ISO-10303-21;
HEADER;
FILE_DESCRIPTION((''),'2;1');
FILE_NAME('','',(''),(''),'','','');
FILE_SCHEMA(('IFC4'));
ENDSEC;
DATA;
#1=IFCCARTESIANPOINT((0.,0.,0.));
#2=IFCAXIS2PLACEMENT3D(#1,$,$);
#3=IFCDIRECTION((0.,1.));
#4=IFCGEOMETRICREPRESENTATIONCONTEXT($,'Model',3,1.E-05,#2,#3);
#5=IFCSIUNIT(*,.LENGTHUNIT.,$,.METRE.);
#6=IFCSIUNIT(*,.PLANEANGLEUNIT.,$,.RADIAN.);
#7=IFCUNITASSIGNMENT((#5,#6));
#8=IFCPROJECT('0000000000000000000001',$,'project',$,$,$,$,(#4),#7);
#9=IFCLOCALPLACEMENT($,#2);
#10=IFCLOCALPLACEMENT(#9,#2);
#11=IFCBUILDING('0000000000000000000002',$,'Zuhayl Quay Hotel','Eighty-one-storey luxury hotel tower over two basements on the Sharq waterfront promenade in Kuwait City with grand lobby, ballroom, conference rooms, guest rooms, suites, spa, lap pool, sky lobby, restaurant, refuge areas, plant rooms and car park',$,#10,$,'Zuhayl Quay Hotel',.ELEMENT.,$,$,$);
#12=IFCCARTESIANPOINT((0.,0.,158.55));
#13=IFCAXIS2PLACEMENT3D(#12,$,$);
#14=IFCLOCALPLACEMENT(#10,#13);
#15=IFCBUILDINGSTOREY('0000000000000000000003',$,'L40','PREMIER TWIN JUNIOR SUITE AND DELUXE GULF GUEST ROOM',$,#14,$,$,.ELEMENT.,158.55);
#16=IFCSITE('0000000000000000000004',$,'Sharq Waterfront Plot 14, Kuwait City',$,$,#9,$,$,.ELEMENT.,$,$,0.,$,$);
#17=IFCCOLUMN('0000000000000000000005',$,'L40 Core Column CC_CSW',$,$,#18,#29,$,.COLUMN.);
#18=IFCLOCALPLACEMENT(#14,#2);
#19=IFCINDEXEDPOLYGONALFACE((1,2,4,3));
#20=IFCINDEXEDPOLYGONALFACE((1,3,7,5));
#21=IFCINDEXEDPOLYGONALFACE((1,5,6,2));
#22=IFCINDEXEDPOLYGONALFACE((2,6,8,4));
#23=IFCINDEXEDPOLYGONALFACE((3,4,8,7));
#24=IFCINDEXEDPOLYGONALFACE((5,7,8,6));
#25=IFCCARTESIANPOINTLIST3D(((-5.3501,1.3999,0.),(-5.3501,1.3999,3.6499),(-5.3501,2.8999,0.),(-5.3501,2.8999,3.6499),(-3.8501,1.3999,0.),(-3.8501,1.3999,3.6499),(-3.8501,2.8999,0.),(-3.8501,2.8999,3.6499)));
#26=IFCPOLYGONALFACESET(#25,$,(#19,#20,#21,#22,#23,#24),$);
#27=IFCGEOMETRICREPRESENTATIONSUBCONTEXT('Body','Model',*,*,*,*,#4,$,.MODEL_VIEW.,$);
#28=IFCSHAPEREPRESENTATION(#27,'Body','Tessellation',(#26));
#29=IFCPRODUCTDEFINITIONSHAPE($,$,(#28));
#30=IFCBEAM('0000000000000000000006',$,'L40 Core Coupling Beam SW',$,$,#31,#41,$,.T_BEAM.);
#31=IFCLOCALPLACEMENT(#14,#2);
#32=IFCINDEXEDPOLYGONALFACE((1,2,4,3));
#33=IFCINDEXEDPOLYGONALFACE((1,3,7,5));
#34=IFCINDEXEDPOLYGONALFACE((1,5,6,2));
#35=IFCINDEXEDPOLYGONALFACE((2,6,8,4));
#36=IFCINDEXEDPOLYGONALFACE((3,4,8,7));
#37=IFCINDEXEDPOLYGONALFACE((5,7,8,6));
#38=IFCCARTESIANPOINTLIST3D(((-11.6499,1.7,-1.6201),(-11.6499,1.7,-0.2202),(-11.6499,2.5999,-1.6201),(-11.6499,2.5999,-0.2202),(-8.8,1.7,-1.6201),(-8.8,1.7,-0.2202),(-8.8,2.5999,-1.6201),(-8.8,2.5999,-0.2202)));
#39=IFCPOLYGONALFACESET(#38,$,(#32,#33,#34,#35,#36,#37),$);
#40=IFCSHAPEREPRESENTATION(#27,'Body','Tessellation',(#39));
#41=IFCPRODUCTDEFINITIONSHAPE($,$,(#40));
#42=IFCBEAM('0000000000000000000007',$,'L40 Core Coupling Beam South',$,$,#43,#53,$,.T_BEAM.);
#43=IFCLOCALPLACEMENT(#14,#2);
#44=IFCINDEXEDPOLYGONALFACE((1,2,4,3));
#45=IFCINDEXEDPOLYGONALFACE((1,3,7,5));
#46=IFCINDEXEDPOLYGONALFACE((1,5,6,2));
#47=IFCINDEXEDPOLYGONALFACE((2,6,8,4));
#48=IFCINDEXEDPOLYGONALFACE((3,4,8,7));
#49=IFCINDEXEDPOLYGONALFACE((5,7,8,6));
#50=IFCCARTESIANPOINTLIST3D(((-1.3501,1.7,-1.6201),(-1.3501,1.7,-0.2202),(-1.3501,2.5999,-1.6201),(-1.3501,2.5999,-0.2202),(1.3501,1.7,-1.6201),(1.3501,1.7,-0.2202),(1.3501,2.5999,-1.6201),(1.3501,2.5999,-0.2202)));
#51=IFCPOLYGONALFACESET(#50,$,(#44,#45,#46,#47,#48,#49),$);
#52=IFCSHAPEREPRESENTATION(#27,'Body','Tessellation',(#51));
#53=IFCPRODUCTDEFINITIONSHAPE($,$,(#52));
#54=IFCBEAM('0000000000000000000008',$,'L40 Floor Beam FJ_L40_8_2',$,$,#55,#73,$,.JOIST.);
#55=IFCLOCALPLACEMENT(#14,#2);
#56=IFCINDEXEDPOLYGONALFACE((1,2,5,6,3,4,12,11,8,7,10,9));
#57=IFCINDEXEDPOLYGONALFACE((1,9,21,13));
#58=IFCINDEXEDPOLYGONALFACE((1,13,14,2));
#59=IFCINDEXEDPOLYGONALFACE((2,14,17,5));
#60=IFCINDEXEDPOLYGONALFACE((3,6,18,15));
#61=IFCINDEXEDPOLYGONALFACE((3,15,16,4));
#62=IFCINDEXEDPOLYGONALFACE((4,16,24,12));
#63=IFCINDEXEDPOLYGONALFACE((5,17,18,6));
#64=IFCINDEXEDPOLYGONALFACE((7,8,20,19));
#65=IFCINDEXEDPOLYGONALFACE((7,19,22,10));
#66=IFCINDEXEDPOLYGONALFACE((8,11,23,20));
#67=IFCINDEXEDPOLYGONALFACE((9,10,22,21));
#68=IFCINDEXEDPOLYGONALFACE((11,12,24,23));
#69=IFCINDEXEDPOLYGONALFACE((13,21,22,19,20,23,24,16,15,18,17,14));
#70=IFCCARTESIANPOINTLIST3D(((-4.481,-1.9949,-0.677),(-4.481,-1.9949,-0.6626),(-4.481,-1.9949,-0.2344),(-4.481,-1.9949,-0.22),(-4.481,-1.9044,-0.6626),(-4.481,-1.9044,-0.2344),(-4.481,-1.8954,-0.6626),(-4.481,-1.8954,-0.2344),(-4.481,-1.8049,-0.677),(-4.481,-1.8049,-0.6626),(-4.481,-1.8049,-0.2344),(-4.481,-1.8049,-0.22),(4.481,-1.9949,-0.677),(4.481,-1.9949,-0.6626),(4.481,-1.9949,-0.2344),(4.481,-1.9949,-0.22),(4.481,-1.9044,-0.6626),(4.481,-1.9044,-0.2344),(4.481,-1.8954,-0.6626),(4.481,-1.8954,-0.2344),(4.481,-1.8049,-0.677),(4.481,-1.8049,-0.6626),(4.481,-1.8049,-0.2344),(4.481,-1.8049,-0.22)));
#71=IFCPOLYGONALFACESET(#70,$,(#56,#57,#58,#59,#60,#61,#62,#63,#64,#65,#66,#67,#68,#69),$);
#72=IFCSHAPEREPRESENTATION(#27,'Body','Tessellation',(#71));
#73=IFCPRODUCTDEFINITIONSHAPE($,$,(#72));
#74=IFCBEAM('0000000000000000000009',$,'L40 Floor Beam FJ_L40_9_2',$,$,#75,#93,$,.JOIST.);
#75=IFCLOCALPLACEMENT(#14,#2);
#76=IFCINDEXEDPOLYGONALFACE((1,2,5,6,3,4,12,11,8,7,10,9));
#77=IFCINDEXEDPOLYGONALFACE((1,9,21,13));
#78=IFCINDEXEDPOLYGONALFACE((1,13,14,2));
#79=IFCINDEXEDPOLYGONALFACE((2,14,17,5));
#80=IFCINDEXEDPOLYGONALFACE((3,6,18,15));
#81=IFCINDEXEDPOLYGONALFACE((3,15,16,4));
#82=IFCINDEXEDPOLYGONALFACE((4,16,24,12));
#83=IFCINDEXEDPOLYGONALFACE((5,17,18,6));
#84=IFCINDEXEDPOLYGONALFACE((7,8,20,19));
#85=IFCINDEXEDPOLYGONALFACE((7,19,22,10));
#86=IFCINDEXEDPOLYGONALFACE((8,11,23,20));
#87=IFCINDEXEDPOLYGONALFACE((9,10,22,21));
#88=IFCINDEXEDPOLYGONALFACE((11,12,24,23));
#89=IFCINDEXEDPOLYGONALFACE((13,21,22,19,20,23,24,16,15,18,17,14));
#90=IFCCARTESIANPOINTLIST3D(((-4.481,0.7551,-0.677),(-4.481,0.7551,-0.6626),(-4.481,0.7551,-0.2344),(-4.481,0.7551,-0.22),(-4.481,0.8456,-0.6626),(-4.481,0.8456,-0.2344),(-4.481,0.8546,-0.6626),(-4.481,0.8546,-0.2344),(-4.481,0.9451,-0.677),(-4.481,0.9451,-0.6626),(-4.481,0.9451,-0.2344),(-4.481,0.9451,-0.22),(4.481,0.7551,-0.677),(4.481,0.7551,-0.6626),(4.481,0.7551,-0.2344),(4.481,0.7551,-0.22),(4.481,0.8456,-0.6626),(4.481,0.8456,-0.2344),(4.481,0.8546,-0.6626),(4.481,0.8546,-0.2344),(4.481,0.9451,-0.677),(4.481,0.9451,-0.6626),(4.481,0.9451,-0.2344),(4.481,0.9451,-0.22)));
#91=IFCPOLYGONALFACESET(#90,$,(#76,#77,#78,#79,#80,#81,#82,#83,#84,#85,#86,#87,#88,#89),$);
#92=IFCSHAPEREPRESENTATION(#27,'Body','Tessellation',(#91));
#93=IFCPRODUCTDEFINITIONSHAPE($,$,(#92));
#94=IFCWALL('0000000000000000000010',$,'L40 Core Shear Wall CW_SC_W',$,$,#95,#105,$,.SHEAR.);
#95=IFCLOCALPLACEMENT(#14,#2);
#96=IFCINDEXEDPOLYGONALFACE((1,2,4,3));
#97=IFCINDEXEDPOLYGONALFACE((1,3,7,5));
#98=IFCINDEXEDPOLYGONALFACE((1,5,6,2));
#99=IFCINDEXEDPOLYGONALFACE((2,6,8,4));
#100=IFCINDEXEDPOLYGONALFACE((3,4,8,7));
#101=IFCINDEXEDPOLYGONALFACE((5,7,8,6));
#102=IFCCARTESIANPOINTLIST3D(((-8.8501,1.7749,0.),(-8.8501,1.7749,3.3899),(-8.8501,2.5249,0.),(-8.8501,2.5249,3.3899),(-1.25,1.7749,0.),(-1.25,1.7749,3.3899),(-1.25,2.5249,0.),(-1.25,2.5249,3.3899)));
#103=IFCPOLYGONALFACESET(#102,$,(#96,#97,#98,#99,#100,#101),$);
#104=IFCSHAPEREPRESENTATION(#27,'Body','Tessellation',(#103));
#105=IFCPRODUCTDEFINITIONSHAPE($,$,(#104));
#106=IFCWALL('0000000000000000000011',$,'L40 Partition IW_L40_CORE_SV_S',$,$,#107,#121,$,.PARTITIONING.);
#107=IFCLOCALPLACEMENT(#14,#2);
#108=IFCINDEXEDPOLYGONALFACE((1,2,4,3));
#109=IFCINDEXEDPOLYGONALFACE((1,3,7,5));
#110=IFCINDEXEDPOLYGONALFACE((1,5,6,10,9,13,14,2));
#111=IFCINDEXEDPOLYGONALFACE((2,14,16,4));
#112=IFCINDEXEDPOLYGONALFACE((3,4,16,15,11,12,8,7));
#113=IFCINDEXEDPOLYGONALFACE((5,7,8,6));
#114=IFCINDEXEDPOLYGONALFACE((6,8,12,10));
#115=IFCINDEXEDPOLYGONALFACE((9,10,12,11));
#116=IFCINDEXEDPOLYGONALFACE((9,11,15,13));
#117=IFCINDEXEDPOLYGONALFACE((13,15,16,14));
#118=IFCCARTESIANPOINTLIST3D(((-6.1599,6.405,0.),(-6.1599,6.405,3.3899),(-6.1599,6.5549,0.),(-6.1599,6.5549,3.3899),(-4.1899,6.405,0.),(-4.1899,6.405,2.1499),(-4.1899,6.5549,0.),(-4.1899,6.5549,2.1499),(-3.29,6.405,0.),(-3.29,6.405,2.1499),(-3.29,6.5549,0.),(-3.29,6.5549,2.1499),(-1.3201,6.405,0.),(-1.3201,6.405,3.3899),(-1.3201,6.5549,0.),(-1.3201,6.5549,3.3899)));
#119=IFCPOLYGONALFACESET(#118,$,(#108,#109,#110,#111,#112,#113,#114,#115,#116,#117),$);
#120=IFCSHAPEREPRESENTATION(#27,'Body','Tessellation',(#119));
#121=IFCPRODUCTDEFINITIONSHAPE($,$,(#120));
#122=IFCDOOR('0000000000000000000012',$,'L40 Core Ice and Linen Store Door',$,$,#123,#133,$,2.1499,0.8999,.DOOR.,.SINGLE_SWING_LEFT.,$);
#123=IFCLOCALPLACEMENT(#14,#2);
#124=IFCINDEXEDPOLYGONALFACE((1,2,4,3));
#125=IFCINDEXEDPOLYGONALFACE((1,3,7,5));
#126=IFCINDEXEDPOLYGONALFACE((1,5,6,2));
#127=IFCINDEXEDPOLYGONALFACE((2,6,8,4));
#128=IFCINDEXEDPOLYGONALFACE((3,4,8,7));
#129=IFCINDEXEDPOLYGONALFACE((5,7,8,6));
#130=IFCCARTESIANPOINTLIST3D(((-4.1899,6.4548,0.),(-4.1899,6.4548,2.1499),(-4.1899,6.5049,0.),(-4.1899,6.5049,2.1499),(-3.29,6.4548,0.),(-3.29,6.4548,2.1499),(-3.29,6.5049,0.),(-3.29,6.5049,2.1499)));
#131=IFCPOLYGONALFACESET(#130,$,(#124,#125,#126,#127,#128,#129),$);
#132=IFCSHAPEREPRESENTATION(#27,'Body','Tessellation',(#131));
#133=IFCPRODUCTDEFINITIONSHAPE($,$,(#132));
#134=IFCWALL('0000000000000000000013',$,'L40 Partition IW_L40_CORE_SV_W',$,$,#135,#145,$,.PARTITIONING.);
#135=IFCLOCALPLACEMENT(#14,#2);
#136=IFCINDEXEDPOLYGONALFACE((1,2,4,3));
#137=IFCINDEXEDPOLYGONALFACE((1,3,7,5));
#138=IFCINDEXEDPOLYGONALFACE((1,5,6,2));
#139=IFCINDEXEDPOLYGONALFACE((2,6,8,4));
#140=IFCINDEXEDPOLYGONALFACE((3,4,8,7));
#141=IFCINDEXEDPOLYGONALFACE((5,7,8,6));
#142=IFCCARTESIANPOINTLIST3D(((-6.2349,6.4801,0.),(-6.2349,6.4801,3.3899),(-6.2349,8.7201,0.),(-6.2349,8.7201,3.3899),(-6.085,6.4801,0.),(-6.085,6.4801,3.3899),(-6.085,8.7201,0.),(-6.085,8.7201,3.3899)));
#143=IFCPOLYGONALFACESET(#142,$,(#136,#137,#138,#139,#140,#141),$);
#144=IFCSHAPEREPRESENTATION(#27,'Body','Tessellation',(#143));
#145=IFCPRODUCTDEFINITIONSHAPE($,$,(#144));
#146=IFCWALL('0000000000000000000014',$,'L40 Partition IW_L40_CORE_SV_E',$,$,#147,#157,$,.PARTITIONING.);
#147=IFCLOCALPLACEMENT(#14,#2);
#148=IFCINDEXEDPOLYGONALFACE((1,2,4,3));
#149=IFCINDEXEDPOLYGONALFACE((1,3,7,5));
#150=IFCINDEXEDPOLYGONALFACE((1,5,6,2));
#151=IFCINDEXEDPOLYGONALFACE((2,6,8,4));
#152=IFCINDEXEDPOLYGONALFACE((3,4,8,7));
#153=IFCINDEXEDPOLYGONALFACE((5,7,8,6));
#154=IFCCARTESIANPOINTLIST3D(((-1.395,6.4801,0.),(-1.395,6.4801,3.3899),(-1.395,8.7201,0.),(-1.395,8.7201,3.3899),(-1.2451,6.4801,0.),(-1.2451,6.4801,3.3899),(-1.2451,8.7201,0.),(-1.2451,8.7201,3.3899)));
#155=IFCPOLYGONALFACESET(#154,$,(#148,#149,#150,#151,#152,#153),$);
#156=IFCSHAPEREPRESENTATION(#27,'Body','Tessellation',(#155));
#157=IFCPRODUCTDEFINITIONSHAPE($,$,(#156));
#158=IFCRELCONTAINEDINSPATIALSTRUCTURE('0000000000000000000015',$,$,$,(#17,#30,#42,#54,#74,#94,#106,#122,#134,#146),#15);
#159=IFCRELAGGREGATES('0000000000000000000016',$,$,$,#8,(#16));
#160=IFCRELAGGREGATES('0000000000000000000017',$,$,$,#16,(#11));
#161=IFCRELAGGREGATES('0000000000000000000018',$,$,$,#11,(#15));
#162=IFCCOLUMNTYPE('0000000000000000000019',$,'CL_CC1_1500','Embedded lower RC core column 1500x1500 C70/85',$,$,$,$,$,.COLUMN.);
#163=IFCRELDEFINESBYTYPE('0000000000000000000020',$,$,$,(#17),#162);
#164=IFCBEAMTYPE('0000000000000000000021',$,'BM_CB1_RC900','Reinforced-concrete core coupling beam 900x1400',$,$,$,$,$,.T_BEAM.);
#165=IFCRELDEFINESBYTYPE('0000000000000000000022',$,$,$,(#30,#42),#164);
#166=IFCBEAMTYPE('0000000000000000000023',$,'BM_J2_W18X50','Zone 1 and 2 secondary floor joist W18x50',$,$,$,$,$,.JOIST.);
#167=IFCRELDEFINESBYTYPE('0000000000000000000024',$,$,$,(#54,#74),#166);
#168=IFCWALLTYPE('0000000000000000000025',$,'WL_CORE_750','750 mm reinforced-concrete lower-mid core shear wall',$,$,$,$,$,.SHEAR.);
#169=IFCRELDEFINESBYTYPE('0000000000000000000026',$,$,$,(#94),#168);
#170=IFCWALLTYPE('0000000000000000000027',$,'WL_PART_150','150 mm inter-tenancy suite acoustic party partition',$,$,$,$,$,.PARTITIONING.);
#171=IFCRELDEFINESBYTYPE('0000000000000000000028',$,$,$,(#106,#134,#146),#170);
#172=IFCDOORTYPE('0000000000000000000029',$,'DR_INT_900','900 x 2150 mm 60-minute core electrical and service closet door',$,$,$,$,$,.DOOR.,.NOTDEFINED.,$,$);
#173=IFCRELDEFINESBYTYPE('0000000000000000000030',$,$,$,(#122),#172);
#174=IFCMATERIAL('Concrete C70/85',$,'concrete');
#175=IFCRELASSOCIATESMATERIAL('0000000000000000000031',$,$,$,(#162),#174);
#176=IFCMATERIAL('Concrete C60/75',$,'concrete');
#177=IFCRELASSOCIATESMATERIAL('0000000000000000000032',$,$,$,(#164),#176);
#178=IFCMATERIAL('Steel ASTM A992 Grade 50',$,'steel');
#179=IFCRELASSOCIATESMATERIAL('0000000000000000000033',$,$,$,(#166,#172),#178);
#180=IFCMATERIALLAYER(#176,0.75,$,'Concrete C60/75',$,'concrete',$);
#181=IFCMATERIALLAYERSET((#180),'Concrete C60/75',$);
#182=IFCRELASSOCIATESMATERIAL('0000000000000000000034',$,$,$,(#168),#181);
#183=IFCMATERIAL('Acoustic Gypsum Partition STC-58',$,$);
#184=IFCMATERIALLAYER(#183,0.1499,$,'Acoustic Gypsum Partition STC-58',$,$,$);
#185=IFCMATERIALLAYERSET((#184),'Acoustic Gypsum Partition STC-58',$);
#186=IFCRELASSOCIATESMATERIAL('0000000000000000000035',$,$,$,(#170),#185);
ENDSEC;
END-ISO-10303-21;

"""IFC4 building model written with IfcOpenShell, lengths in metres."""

from ifc_helpers import new_model, si_unit, direction, frame, frame_2d, origin, origin_2d, place, context, subcontext, project, spatial, rectangle, i_section, extrude, material, layer, layer_set, material_profile, profile_set, type_object, element, fill, save


model = new_model("IFC4")

# Units and contexts
model_context = context("Model", 3, precision=1e-05, world=origin(), true_north=direction((0.0, 1.0)))
body_context = subcontext(model_context, "Body", "Model", "MODEL_VIEW")
ifc_project = project(units=[si_unit("LENGTHUNIT", "METRE"), si_unit("PLANEANGLEUNIT", "RADIAN")], contexts=[model_context])

# Site, building, storey
site_placement = place(None, origin())
site = spatial("IfcSite", under=ifc_project, at=site_placement, Name="Sharq Waterfront Plot 14, Kuwait City", CompositionType="ELEMENT", RefElevation=0.0)
building_placement = place(site_placement, origin())
building = spatial("IfcBuilding", under=site, at=building_placement, Name="Zuhayl Quay Hotel", Description="Eighty-one-storey luxury hotel tower over two basements on the Sharq waterfront promenade in Kuwait City with grand lobby, ballroom, conference rooms, guest rooms, suites, spa, lap pool, sky lobby, restaurant, refuge areas, plant rooms and car park", LongName="Zuhayl Quay Hotel", CompositionType="ELEMENT")
storey_placement = place(building_placement, frame((0.0, 0.0, 158.55)))
storey = spatial("IfcBuildingStorey", under=building, at=storey_placement, Name="L40", Description="PREMIER TWIN JUNIOR SUITE AND DELUXE GULF GUEST ROOM", CompositionType="ELEMENT", Elevation=158.55)

# Column
ifc_material_1 = material(Name="Concrete C70/85", Category="concrete")
ifc_material_profile_1 = material_profile(ifc_material_1, rectangle(XDim=1.5, YDim=1.5, at=origin_2d()), Name="RC1500X1500")
ifc_profile_set_1 = profile_set([ifc_material_profile_1], Name="Concrete C70/85")
column_type = type_object("IfcColumnType", Name="CL_CC1_1500", Description="Embedded lower RC core column 1500x1500 C70/85", PredefinedType="COLUMN", material=ifc_profile_set_1)
column_placement = place(storey_placement, frame((-4.6001, 2.1499, 0.0), z_axis=(0.0, 0.0, 1.0), x_axis=(1.0, 0.0, 0.0)))
element("IfcColumn", 1, at=column_placement, inside=storey, type_object=column_type, Name="L40 Core Column CC_CSW", PredefinedType="COLUMN", context=body_context, shape_type="SweptSolid", body=[
    extrude(rectangle(XDim=1.5, YDim=1.5, at=origin_2d()), origin(), (0.0, 0.0, 1.0), 3.6499),
])

# Beams
ifc_material_2 = material(Name="Concrete C60/75", Category="concrete")
ifc_material_profile_2 = material_profile(ifc_material_2, rectangle(XDim=0.8999, YDim=1.3999, at=origin_2d()), Name="RC900X1400")
ifc_profile_set_2 = profile_set([ifc_material_profile_2], Name="Concrete C60/75")
beam_type_1 = type_object("IfcBeamType", Name="BM_CB1_RC900", Description="Reinforced-concrete core coupling beam 900x1400", PredefinedType="T_BEAM", material=ifc_profile_set_2)
beam_1_placement = place(storey_placement, frame((-11.6499, 2.1499, -0.9202), z_axis=(1.0, 0.0, 0.0), x_axis=(0.0, 1.0, 0.0)))
element("IfcBeam", 2, at=beam_1_placement, inside=storey, type_object=beam_type_1, Name="L40 Core Coupling Beam SW", PredefinedType="T_BEAM", context=body_context, shape_type="SweptSolid", body=[
    extrude(rectangle(XDim=0.8999, YDim=1.3999, at=origin_2d()), origin(), (0.0, 0.0, 1.0), 2.8499),
])
beam_2_placement = place(storey_placement, frame((-1.3501, 2.1499, -0.9202), z_axis=(1.0, 0.0, 0.0), x_axis=(0.0, 1.0, 0.0)))
element("IfcBeam", 3, at=beam_2_placement, inside=storey, type_object=beam_type_1, Name="L40 Core Coupling Beam South", PredefinedType="T_BEAM", context=body_context, shape_type="SweptSolid", body=[
    extrude(rectangle(XDim=0.8999, YDim=1.3999, at=origin_2d()), origin(), (0.0, 0.0, 1.0), 2.7002),
])
ifc_material_3 = material(Name="Steel ASTM A992 Grade 50", Category="steel")
ifc_material_profile_3 = material_profile(ifc_material_3, i_section(OverallWidth=0.1899, OverallDepth=0.457, WebThickness=0.009, FlangeThickness=0.0144, at=origin_2d()), Name="W18X50")
ifc_profile_set_3 = profile_set([ifc_material_profile_3], Name="Steel ASTM A992 Grade 50")
beam_type_2 = type_object("IfcBeamType", Name="BM_J2_W18X50", Description="Zone 1 and 2 secondary floor joist W18x50", PredefinedType="JOIST", material=ifc_profile_set_3)
for number, where, z_axis, x_axis, name in (
    (4, (-4.481, -1.8999, -0.4485), (1.0, 0.0, 0.0), (0.0, 1.0, 0.0), "L40 Floor Beam FJ_L40_8_2"),
    (5, (-4.481, 0.8501, -0.4485), (1.0, 0.0, 0.0), (0.0, 1.0, 0.0), "L40 Floor Beam FJ_L40_9_2"),
):
    element("IfcBeam", number, at=place(storey_placement, frame(where, z_axis=z_axis, x_axis=x_axis)), inside=storey, type_object=beam_type_2, Name=name, PredefinedType="JOIST", context=body_context, shape_type="SweptSolid", body=[
        extrude(i_section(OverallWidth=0.1899, OverallDepth=0.457, WebThickness=0.009, FlangeThickness=0.0144, at=origin_2d()), origin(), (0.0, 0.0, 1.0), 8.9619),
    ])

# Wall
ifc_layer_1 = layer(ifc_material_2, 0.75, Name="Concrete C60/75", Category="concrete")
ifc_layer_set_1 = layer_set([ifc_layer_1], Name="Concrete C60/75")
wall_type_1 = type_object("IfcWallType", Name="WL_CORE_750", Description="750 mm reinforced-concrete lower-mid core shear wall", PredefinedType="SHEAR", material=ifc_layer_set_1)
wall_1_placement = place(storey_placement, frame((-8.8501, 2.1499, 0.0), z_axis=(0.0, 0.0, 1.0), x_axis=(1.0, 0.0, 0.0)))
element("IfcWall", 6, at=wall_1_placement, inside=storey, type_object=wall_type_1, Name="L40 Core Shear Wall CW_SC_W", PredefinedType="SHEAR", context=body_context, shape_type="SweptSolid", body=[
    extrude(rectangle(XDim=7.6001, YDim=0.75, at=frame_2d((3.8, 0.0))), origin(), (0.0, 0.0, 1.0), 3.3899),
])

# Wall, opening, door
ifc_material_4 = material(Name="Acoustic Gypsum Partition STC-58")
ifc_layer_2 = layer(ifc_material_4, 0.1499, Name="Acoustic Gypsum Partition STC-58")
ifc_layer_set_2 = layer_set([ifc_layer_2], Name="Acoustic Gypsum Partition STC-58")
wall_type_2 = type_object("IfcWallType", Name="WL_PART_150", Description="150 mm inter-tenancy suite acoustic party partition", PredefinedType="PARTITIONING", material=ifc_layer_set_2)
wall_2_placement = place(storey_placement, frame((-6.1599, 6.48, 0.0), z_axis=(0.0, 0.0, 1.0), x_axis=(1.0, 0.0, 0.0)))
wall_2 = element("IfcWall", 7, at=wall_2_placement, inside=storey, type_object=wall_type_2, Name="L40 Partition IW_L40_CORE_SV_S", PredefinedType="PARTITIONING", context=body_context, shape_type="SweptSolid", body=[
    extrude(rectangle(XDim=4.8398, YDim=0.1499, at=frame_2d((2.4199, 0.0))), origin(), (0.0, 0.0, 1.0), 3.3899),
])
opening_1_placement = place(wall_2_placement, frame((1.97, 0.0, 0.0)))
opening_1 = element("IfcOpeningElement", 8, at=opening_1_placement, cuts=wall_2, PredefinedType="OPENING", context=body_context, shape_type="SweptSolid", body=[
    extrude(rectangle(XDim=0.8999, YDim=2.1499, at=frame_2d((0.45, 1.075))), frame((0.0, 0.085, 0.0), z_axis=(0.0, -1.0, 0.0), x_axis=(1.0, 0.0, 0.0)), (0.0, 0.0, 1.0), 0.1699),
])
door_type_1 = type_object("IfcDoorType", Name="DR_INT_900", Description="900 x 2150 mm 60-minute core electrical and service closet door", OperationType="NOTDEFINED", PredefinedType="DOOR", material=ifc_material_3)
door_1_placement = place(opening_1_placement, origin())
door_1 = element("IfcDoor", 9, at=door_1_placement, inside=storey, type_object=door_type_1, Name="L40 Core Ice and Linen Store Door", OperationType="SINGLE_SWING_LEFT", OverallHeight=2.1499, OverallWidth=0.8999, PredefinedType="DOOR", context=body_context, shape_type="SweptSolid", body=[
    extrude(rectangle(XDim=0.8999, YDim=2.1499, at=frame_2d((0.45, 1.075))), frame((0.0, 0.0249, 0.0), z_axis=(0.0, -1.0, 0.0), x_axis=(1.0, 0.0, 0.0)), (0.0, 0.0, 1.0), 0.05),
])
fill(opening_1, door_1)

# Walls
for number, where, z_axis, x_axis, name in (
    (10, (-6.1599, 6.48, 0.0), (0.0, 0.0, 1.0), (0.0, 1.0, 0.0), "L40 Partition IW_L40_CORE_SV_W"),
    (11, (-1.3201, 6.48, 0.0), (0.0, 0.0, 1.0), (0.0, 1.0, 0.0), "L40 Partition IW_L40_CORE_SV_E"),
):
    element("IfcWall", number, at=place(storey_placement, frame(where, z_axis=z_axis, x_axis=x_axis)), inside=storey, type_object=wall_type_2, Name=name, PredefinedType="PARTITIONING", context=body_context, shape_type="SweptSolid", body=[
        extrude(rectangle(XDim=2.24, YDim=0.1499, at=frame_2d((1.1201, 0.0))), origin(), (0.0, 0.0, 1.0), 3.3899),
    ])

save(model, "model.ifc")
